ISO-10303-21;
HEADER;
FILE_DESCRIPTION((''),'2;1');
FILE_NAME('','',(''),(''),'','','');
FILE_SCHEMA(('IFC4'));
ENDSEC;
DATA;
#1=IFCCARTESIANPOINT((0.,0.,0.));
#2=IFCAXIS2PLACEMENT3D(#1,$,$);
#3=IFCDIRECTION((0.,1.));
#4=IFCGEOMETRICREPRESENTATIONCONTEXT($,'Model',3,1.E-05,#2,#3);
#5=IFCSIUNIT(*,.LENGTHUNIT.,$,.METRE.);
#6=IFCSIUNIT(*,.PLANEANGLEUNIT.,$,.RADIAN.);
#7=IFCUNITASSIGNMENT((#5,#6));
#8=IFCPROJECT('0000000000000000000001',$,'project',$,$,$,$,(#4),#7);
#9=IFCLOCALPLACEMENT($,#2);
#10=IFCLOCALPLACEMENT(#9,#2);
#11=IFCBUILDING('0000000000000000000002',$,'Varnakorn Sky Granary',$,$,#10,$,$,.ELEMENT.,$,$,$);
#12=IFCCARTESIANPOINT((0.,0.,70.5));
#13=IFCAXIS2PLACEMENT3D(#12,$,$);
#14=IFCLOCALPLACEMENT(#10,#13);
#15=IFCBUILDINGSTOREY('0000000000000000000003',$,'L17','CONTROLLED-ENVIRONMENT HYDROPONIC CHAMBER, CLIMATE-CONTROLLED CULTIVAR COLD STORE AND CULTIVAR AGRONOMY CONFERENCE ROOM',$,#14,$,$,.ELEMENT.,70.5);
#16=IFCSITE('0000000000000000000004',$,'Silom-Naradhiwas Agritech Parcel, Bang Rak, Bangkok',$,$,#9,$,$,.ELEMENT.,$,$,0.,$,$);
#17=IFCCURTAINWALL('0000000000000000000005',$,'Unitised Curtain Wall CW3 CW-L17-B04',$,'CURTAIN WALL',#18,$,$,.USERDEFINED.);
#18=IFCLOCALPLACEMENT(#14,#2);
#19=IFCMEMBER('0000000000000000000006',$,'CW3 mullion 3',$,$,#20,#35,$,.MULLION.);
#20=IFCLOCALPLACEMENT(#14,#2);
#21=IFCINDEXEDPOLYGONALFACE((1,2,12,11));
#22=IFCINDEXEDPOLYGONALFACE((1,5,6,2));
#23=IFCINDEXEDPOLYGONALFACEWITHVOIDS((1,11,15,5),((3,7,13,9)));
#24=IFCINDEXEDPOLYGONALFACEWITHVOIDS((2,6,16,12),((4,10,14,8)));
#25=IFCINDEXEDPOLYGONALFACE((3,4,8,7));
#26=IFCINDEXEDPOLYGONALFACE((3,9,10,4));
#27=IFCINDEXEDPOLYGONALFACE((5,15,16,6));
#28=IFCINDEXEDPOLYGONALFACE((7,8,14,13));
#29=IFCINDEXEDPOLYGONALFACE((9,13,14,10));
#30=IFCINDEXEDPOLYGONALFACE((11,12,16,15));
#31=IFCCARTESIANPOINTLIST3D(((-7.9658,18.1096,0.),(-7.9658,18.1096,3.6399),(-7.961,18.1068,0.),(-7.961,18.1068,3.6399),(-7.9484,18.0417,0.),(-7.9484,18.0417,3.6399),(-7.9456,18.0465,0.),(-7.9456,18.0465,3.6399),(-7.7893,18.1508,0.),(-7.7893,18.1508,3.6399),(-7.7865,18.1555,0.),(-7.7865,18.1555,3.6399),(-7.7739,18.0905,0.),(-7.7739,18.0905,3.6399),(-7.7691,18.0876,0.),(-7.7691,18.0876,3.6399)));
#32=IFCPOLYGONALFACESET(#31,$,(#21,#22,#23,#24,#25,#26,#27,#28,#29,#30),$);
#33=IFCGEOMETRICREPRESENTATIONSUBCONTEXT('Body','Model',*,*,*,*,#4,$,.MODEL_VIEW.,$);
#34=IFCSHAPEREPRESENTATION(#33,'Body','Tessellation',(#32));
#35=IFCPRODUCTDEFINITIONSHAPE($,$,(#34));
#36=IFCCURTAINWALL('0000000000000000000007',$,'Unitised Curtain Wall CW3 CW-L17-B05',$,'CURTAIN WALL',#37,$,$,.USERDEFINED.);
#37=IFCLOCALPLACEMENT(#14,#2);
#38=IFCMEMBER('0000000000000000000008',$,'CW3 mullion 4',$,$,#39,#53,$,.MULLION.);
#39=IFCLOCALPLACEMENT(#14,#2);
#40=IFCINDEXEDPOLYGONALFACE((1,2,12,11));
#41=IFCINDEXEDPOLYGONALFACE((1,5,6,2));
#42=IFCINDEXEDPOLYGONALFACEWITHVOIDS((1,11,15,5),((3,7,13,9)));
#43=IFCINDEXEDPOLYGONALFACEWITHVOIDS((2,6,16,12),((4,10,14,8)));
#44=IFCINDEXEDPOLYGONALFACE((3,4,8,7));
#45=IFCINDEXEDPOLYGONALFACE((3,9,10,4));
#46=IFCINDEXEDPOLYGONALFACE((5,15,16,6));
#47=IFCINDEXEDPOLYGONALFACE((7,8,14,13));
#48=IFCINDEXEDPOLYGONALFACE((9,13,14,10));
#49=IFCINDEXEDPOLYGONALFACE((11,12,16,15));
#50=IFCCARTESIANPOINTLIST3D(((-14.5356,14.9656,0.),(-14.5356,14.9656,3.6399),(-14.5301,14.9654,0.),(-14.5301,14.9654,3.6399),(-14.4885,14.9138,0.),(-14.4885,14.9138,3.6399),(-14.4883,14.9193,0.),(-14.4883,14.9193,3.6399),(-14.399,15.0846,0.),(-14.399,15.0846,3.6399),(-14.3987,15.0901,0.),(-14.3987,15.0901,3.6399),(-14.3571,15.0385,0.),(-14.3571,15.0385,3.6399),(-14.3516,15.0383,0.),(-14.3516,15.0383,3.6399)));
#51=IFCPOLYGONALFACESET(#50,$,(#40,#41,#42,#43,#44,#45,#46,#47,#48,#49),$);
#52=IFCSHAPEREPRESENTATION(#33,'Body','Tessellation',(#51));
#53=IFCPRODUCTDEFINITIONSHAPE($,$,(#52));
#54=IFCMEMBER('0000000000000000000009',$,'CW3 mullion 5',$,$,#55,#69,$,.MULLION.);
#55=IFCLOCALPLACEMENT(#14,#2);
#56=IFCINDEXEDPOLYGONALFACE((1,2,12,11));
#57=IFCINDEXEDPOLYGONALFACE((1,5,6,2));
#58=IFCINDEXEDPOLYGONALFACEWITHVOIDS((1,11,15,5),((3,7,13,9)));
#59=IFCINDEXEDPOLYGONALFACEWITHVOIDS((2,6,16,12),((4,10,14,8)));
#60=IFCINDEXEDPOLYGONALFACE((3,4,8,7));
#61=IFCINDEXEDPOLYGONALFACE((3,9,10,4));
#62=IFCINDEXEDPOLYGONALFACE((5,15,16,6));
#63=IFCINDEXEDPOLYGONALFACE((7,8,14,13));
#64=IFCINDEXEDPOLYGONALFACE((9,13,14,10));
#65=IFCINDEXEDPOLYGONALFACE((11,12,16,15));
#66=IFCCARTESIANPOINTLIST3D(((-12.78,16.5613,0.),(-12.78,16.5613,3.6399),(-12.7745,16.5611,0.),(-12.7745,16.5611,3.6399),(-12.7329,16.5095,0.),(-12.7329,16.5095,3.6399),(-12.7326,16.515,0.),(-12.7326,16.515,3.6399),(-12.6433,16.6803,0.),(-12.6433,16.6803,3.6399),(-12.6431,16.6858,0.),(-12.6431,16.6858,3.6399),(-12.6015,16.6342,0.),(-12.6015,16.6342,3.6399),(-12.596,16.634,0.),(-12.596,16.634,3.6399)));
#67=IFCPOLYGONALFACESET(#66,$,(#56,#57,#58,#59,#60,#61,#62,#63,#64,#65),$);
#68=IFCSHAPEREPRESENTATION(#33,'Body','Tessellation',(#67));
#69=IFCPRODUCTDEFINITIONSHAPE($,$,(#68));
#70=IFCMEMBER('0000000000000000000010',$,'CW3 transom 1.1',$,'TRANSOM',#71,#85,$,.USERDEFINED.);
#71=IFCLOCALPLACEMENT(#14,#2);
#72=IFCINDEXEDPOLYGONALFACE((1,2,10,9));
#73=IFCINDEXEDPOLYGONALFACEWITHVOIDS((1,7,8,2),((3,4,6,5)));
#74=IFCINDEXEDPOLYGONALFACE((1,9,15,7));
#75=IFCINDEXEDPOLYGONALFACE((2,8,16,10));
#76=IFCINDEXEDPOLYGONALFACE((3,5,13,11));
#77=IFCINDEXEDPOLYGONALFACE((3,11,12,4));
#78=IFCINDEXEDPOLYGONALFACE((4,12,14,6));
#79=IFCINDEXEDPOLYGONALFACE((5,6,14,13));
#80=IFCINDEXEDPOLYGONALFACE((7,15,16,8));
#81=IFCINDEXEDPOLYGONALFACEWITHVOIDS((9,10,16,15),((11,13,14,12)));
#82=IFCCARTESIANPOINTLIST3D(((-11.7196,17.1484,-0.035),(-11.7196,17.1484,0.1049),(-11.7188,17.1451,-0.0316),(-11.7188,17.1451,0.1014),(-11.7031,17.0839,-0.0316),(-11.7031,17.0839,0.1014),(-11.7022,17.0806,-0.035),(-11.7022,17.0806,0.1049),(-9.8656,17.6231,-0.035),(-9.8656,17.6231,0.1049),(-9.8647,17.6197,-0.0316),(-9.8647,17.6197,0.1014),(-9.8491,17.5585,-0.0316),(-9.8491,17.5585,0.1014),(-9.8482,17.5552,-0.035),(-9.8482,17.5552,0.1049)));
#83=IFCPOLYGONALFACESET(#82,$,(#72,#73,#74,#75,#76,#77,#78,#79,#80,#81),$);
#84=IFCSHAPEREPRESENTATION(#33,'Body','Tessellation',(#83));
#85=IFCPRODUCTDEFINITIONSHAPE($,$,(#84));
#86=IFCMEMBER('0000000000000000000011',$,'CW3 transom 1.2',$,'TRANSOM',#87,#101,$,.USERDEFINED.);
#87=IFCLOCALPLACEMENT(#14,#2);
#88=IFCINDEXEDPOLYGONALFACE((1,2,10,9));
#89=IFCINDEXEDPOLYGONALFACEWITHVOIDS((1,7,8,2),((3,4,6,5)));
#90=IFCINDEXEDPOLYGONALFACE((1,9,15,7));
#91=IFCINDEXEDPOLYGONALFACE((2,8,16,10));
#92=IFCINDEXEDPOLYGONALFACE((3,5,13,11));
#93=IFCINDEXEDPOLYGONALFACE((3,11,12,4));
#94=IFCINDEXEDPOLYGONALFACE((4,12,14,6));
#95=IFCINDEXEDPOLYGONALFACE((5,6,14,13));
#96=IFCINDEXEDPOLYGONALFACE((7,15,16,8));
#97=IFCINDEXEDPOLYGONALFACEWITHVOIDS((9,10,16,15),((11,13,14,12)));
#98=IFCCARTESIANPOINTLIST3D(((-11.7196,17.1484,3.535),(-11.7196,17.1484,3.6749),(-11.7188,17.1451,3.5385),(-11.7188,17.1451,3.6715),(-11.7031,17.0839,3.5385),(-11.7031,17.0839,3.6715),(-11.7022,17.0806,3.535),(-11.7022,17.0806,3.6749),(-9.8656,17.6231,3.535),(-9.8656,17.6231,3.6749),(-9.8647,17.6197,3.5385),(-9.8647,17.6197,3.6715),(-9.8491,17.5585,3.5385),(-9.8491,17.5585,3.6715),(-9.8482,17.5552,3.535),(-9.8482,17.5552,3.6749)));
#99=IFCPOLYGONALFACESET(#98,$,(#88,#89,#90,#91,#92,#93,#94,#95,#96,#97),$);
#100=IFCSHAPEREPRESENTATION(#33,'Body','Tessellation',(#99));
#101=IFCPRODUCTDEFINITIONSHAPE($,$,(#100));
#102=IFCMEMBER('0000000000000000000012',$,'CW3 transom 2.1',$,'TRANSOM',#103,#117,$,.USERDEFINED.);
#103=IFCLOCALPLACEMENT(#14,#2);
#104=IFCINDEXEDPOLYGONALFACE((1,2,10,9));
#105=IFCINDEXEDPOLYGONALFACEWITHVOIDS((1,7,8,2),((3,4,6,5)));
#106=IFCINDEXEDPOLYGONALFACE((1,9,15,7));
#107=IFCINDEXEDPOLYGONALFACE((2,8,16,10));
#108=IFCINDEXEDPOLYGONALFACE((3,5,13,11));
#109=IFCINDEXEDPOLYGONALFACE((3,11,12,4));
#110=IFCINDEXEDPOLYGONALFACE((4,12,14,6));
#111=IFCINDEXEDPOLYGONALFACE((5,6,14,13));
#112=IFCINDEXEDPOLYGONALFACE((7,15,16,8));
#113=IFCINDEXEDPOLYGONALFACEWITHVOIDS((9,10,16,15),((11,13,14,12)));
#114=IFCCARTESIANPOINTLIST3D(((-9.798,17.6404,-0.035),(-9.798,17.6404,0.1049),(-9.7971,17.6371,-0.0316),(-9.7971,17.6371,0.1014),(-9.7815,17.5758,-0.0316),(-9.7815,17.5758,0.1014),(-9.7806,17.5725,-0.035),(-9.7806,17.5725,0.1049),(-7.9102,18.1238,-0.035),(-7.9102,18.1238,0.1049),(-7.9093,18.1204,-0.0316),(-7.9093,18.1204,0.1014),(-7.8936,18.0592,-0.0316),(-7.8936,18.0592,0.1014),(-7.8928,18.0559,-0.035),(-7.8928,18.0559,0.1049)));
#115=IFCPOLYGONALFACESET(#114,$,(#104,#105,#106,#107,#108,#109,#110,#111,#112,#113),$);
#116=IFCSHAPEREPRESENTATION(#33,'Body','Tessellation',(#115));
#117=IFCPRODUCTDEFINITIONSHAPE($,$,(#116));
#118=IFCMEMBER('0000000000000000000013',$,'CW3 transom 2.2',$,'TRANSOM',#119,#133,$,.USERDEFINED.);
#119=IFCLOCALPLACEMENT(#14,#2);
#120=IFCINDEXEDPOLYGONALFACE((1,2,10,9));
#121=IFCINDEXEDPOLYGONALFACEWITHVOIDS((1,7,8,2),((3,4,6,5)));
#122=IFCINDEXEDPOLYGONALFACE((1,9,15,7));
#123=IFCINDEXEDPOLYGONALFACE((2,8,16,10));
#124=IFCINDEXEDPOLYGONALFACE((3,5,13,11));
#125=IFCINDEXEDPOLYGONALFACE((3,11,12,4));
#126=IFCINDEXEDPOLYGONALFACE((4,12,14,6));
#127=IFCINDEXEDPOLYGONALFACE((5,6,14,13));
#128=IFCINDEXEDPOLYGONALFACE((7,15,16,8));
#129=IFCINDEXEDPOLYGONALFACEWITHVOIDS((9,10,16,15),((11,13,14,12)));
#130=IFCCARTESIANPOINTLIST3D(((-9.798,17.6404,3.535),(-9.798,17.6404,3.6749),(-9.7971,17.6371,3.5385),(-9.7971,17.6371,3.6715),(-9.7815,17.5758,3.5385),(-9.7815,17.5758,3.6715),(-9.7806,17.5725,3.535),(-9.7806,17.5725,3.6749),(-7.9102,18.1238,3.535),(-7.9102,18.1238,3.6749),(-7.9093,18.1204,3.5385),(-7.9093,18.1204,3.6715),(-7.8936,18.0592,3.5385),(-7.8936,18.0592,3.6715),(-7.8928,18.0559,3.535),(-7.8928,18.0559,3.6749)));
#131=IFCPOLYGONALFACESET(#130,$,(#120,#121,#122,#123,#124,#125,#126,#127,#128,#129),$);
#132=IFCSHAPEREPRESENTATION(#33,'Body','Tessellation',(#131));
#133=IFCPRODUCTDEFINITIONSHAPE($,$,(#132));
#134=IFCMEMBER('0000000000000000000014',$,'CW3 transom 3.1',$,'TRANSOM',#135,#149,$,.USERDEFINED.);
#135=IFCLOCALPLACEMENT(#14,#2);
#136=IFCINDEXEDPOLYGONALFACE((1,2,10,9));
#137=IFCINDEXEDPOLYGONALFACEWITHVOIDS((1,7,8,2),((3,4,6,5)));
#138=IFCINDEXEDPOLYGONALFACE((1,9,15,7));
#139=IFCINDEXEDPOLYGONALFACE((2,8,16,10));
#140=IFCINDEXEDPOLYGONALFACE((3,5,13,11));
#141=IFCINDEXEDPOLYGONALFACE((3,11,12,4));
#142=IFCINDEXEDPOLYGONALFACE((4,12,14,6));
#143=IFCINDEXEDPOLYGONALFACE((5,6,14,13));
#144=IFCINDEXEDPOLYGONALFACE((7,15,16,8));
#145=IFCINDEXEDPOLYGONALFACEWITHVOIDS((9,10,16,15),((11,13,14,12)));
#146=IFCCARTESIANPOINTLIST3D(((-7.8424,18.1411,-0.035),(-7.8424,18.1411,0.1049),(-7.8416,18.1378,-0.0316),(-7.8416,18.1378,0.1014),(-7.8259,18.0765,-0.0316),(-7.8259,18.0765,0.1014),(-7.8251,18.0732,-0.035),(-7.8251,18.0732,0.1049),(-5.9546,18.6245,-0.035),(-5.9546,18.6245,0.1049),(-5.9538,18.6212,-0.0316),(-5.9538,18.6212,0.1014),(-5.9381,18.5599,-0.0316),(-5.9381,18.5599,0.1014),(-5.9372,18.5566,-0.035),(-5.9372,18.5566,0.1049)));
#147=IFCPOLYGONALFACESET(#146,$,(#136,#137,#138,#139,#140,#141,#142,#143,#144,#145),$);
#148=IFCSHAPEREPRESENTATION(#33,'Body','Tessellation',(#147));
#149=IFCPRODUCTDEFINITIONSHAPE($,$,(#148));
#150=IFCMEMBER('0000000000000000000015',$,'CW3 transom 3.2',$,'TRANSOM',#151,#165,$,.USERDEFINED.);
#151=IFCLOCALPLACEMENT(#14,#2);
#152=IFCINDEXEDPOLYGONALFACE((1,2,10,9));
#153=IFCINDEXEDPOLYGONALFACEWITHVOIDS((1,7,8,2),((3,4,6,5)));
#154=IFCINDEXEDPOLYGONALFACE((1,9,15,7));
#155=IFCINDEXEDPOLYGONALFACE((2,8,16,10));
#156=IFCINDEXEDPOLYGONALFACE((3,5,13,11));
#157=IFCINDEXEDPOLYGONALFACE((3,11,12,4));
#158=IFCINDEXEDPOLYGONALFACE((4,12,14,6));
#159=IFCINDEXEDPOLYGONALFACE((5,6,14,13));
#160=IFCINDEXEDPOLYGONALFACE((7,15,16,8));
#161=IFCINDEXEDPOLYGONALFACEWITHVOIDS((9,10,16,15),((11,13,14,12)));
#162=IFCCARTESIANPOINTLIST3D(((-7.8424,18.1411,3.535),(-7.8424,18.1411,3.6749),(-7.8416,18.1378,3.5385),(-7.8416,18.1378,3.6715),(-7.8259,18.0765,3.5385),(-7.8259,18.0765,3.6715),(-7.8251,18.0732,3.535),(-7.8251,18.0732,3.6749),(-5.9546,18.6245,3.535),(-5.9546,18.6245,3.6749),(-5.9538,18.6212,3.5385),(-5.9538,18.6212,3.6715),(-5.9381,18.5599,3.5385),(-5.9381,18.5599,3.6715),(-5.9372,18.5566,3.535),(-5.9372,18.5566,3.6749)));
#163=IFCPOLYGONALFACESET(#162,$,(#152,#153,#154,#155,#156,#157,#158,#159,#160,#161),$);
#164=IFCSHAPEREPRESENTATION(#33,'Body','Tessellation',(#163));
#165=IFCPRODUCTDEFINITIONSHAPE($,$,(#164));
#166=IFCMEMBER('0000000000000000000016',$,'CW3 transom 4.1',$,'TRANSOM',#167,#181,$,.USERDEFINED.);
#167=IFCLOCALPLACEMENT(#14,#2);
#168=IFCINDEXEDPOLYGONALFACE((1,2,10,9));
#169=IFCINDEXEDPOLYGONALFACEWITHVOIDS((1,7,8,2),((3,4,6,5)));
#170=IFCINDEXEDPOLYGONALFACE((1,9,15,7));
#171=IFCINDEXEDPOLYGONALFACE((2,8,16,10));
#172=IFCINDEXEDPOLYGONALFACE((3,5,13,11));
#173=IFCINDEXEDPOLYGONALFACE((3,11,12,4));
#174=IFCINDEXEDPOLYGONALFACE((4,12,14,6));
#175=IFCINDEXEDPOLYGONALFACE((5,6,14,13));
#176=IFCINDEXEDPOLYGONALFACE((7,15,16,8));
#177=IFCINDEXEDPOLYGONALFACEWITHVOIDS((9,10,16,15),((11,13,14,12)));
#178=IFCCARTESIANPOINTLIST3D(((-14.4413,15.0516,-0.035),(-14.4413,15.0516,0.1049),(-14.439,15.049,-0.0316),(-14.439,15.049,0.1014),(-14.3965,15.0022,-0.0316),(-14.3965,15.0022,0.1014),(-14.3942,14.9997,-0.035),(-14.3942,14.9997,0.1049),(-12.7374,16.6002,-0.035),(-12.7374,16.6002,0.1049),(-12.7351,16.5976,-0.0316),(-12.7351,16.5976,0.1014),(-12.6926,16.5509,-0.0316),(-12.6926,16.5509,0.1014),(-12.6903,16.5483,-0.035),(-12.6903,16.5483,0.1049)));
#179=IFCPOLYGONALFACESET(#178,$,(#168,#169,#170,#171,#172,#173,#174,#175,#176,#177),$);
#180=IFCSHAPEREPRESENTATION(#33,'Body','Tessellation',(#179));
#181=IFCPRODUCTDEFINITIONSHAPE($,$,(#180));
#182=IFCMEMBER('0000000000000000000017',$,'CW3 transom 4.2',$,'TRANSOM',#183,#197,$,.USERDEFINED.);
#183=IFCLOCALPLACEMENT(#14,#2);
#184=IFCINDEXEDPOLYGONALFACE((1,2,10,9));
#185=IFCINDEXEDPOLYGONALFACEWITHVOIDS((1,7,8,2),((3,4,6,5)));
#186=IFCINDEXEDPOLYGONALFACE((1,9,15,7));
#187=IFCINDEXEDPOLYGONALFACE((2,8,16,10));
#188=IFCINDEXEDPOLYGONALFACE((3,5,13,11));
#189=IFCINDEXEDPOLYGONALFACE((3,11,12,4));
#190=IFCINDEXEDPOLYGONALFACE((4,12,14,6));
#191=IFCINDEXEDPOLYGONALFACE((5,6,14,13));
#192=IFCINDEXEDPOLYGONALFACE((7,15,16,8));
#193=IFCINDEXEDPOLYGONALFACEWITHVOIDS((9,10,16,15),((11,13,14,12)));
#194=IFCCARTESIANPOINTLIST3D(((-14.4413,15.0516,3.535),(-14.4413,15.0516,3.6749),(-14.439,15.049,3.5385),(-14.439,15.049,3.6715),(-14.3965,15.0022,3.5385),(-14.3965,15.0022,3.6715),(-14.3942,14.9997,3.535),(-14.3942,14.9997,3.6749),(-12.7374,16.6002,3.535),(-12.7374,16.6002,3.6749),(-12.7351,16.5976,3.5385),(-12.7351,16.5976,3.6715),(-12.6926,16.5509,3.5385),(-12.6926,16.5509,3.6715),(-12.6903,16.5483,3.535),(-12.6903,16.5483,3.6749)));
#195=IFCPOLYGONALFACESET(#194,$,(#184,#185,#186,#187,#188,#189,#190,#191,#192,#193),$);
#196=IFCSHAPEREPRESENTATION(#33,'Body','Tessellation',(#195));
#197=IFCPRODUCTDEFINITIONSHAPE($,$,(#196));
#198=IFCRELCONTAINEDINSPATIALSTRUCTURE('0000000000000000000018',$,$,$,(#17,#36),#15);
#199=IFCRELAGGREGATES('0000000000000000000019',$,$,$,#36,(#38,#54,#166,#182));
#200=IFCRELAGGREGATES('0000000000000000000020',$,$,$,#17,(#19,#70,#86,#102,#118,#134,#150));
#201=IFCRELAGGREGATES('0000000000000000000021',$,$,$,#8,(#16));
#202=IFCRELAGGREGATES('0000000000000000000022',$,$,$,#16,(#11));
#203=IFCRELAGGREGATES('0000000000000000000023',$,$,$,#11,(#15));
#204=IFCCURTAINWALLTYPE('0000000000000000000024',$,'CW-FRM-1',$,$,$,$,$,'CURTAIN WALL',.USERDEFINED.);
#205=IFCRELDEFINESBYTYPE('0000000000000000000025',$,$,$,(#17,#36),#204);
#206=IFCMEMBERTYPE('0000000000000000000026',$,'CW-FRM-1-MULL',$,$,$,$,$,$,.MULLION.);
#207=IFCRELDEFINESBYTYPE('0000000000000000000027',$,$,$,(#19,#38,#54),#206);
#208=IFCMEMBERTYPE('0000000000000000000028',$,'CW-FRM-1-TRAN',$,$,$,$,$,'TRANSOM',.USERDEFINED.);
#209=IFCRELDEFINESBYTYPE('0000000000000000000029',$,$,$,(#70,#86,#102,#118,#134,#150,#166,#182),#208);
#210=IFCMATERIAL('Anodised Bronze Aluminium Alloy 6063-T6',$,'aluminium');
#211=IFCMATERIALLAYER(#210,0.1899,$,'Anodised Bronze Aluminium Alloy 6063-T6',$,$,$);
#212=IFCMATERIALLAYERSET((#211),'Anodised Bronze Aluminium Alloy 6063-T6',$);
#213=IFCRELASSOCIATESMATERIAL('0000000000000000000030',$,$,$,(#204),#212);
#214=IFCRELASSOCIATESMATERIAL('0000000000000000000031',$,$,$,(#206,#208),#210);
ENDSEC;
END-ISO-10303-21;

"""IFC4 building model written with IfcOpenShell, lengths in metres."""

from ifc_helpers import new_model, si_unit, direction, frame, origin, origin_2d, place, context, subcontext, project, spatial, hollow_rectangle, extrude, material, layer, layer_set, material_profile, profile_set, type_object, element, aggregate, save


model = new_model("IFC4")

# Units and contexts
model_context = context("Model", 3, precision=1e-05, world=origin(), true_north=direction((0.0, 1.0)))
body_context = subcontext(model_context, "Body", "Model", "MODEL_VIEW")
ifc_project = project(units=[si_unit("LENGTHUNIT", "METRE"), si_unit("PLANEANGLEUNIT", "RADIAN")], contexts=[model_context])

# Site, building, storey
site_placement = place(None, origin())
site = spatial("IfcSite", under=ifc_project, at=site_placement, Name="Silom-Naradhiwas Agritech Parcel, Bang Rak, Bangkok", CompositionType="ELEMENT", RefElevation=0.0)
building_placement = place(site_placement, origin())
building = spatial("IfcBuilding", under=site, at=building_placement, Name="Varnakorn Sky Granary", CompositionType="ELEMENT")
storey_placement = place(building_placement, frame((0.0, 0.0, 70.5)))
storey = spatial("IfcBuildingStorey", under=building, at=storey_placement, Name="L17", Description="CONTROLLED-ENVIRONMENT HYDROPONIC CHAMBER, CLIMATE-CONTROLLED CULTIVAR COLD STORE AND CULTIVAR AGRONOMY CONFERENCE ROOM", CompositionType="ELEMENT", Elevation=70.5)

# Curtain walls, members
ifc_material_1 = material(Name="Anodised Bronze Aluminium Alloy 6063-T6", Category="aluminium")
ifc_layer_1 = layer(ifc_material_1, 0.1899, Name="Anodised Bronze Aluminium Alloy 6063-T6")
ifc_layer_set_1 = layer_set([ifc_layer_1], Name="Anodised Bronze Aluminium Alloy 6063-T6")
curtain_wall_type = type_object("IfcCurtainWallType", Name="CW-FRM-1", ElementType="CURTAIN WALL", PredefinedType="USERDEFINED", material=ifc_layer_set_1)
curtain_wall_1_placement = place(storey_placement, origin())
curtain_wall_1 = element("IfcCurtainWall", 1, at=curtain_wall_1_placement, inside=storey, type_object=curtain_wall_type, Name="Unitised Curtain Wall CW3 CW-L17-B04", ObjectType="CURTAIN WALL", PredefinedType="USERDEFINED")
ifc_material_profile_1 = material_profile(ifc_material_1, hollow_rectangle(XDim=0.0701, YDim=0.1851, WallThickness=0.0039, at=origin_2d()), Name="ALU MULL 70x185")
ifc_profile_set_1 = profile_set([ifc_material_profile_1], Name="Anodised Bronze Aluminium Alloy 6063-T6")
member_type_1 = type_object("IfcMemberType", Name="CW-FRM-1-MULL", PredefinedType="MULLION", material=ifc_profile_set_1)
member_1_placement = place(storey_placement, frame((-7.8674, 18.0986, 0.0), z_axis=(0.0, 0.0, 1.0), x_axis=(-0.248054, 0.968746, 0.0)))
member_1 = element("IfcMember", 2, at=member_1_placement, type_object=member_type_1, Name="CW3 mullion 3", PredefinedType="MULLION", context=body_context, shape_type="SweptSolid", body=[
    extrude(hollow_rectangle(XDim=0.0701, YDim=0.1851, WallThickness=0.0039, at=origin_2d()), origin(), (0.0, 0.0, 1.0), 3.6399),
])
curtain_wall_2_placement = place(storey_placement, origin())
curtain_wall_2 = element("IfcCurtainWall", 3, at=curtain_wall_2_placement, inside=storey, type_object=curtain_wall_type, Name="Unitised Curtain Wall CW3 CW-L17-B05", ObjectType="CURTAIN WALL", PredefinedType="USERDEFINED")
member_2_placement = place(storey_placement, frame((-14.4436, 15.002, 0.0), z_axis=(0.0, 0.0, 1.0), x_axis=(-0.672582, 0.740022, 0.0)))
member_2 = element("IfcMember", 4, at=member_2_placement, type_object=member_type_1, Name="CW3 mullion 4", PredefinedType="MULLION", context=body_context, shape_type="SweptSolid", body=[
    extrude(hollow_rectangle(XDim=0.0701, YDim=0.1851, WallThickness=0.0039, at=origin_2d()), origin(), (0.0, 0.0, 1.0), 3.6399),
])
member_3_placement = place(storey_placement, frame((-12.688, 16.5977, 0.0), z_axis=(0.0, 0.0, 1.0), x_axis=(-0.672582, 0.740022, 0.0)))
member_3 = element("IfcMember", 5, at=member_3_placement, type_object=member_type_1, Name="CW3 mullion 5", PredefinedType="MULLION", context=body_context, shape_type="SweptSolid", body=[
    extrude(hollow_rectangle(XDim=0.0701, YDim=0.1851, WallThickness=0.0039, at=origin_2d()), origin(), (0.0, 0.0, 1.0), 3.6399),
])

# Members
ifc_material_profile_2 = material_profile(ifc_material_1, hollow_rectangle(XDim=0.0701, YDim=0.1399, WallThickness=0.0034, at=origin_2d()), Name="ALU TRAN 70x140")
ifc_profile_set_2 = profile_set([ifc_material_profile_2], Name="Anodised Bronze Aluminium Alloy 6063-T6")
member_type_2 = type_object("IfcMemberType", Name="CW-FRM-1-TRAN", ElementType="TRANSOM", PredefinedType="USERDEFINED", material=ifc_profile_set_2)
member_4_placement = place(storey_placement, frame((-11.7109, 17.1145, 0.0349), z_axis=(0.968761, 0.247995, 0.0), x_axis=(-0.247995, 0.968761, 0.0)))
member_4 = element("IfcMember", 6, at=member_4_placement, type_object=member_type_2, Name="CW3 transom 1.1", ObjectType="TRANSOM", PredefinedType="USERDEFINED", context=body_context, shape_type="SweptSolid", body=[
    extrude(hollow_rectangle(XDim=0.0701, YDim=0.1399, WallThickness=0.0034, at=origin_2d()), origin(), (0.0, 0.0, 1.0), 1.9138),
])
member_5_placement = place(storey_placement, frame((-11.7109, 17.1145, 3.605), z_axis=(0.968761, 0.247995, 0.0), x_axis=(-0.247995, 0.968761, 0.0)))
member_5 = element("IfcMember", 7, at=member_5_placement, type_object=member_type_2, Name="CW3 transom 1.2", ObjectType="TRANSOM", PredefinedType="USERDEFINED", context=body_context, shape_type="SweptSolid", body=[
    extrude(hollow_rectangle(XDim=0.0701, YDim=0.1399, WallThickness=0.0034, at=origin_2d()), origin(), (0.0, 0.0, 1.0), 1.9138),
])
member_6_placement = place(storey_placement, frame((-9.7893, 17.6064, 0.0349), z_axis=(0.968749, 0.248044, 0.0), x_axis=(-0.248044, 0.968749, 0.0)))
member_6 = element("IfcMember", 8, at=member_6_placement, type_object=member_type_2, Name="CW3 transom 2.1", ObjectType="TRANSOM", PredefinedType="USERDEFINED", context=body_context, shape_type="SweptSolid", body=[
    extrude(hollow_rectangle(XDim=0.0701, YDim=0.1399, WallThickness=0.0034, at=origin_2d()), origin(), (0.0, 0.0, 1.0), 1.9487),
])
member_7_placement = place(storey_placement, frame((-9.7893, 17.6064, 3.605), z_axis=(0.968749, 0.248044, 0.0), x_axis=(-0.248044, 0.968749, 0.0)))
member_7 = element("IfcMember", 9, at=member_7_placement, type_object=member_type_2, Name="CW3 transom 2.2", ObjectType="TRANSOM", PredefinedType="USERDEFINED", context=body_context, shape_type="SweptSolid", body=[
    extrude(hollow_rectangle(XDim=0.0701, YDim=0.1399, WallThickness=0.0034, at=origin_2d()), origin(), (0.0, 0.0, 1.0), 1.9487),
])
member_8_placement = place(storey_placement, frame((-7.8337, 18.1072, 0.0349), z_axis=(0.968749, 0.248044, 0.0), x_axis=(-0.248044, 0.968749, 0.0)))
member_8 = element("IfcMember", 10, at=member_8_placement, type_object=member_type_2, Name="CW3 transom 3.1", ObjectType="TRANSOM", PredefinedType="USERDEFINED", context=body_context, shape_type="SweptSolid", body=[
    extrude(hollow_rectangle(XDim=0.0701, YDim=0.1399, WallThickness=0.0034, at=origin_2d()), origin(), (0.0, 0.0, 1.0), 1.9487),
])
member_9_placement = place(storey_placement, frame((-7.8337, 18.1072, 3.605), z_axis=(0.968749, 0.248044, 0.0), x_axis=(-0.248044, 0.968749, 0.0)))
member_9 = element("IfcMember", 11, at=member_9_placement, type_object=member_type_2, Name="CW3 transom 3.2", ObjectType="TRANSOM", PredefinedType="USERDEFINED", context=body_context, shape_type="SweptSolid", body=[
    extrude(hollow_rectangle(XDim=0.0701, YDim=0.1399, WallThickness=0.0034, at=origin_2d()), origin(), (0.0, 0.0, 1.0), 1.9487),
])
member_10_placement = place(storey_placement, frame((-14.4177, 15.0256, 0.0349), z_axis=(0.740022, 0.672583, 0.0), x_axis=(-0.672583, 0.740022, 0.0)))
member_10 = element("IfcMember", 12, at=member_10_placement, type_object=member_type_2, Name="CW3 transom 4.1", ObjectType="TRANSOM", PredefinedType="USERDEFINED", context=body_context, shape_type="SweptSolid", body=[
    extrude(hollow_rectangle(XDim=0.0701, YDim=0.1399, WallThickness=0.0034, at=origin_2d()), origin(), (0.0, 0.0, 1.0), 2.3025),
])
member_11_placement = place(storey_placement, frame((-14.4177, 15.0256, 3.605), z_axis=(0.740022, 0.672583, 0.0), x_axis=(-0.672583, 0.740022, 0.0)))
member_11 = element("IfcMember", 13, at=member_11_placement, type_object=member_type_2, Name="CW3 transom 4.2", ObjectType="TRANSOM", PredefinedType="USERDEFINED", context=body_context, shape_type="SweptSolid", body=[
    extrude(hollow_rectangle(XDim=0.0701, YDim=0.1399, WallThickness=0.0034, at=origin_2d()), origin(), (0.0, 0.0, 1.0), 2.3025),
])

aggregate(curtain_wall_2, [member_2, member_3, member_10, member_11])
aggregate(curtain_wall_1, [member_1, member_4, member_5, member_6, member_7, member_8, member_9])

save(model, "model.ifc")
